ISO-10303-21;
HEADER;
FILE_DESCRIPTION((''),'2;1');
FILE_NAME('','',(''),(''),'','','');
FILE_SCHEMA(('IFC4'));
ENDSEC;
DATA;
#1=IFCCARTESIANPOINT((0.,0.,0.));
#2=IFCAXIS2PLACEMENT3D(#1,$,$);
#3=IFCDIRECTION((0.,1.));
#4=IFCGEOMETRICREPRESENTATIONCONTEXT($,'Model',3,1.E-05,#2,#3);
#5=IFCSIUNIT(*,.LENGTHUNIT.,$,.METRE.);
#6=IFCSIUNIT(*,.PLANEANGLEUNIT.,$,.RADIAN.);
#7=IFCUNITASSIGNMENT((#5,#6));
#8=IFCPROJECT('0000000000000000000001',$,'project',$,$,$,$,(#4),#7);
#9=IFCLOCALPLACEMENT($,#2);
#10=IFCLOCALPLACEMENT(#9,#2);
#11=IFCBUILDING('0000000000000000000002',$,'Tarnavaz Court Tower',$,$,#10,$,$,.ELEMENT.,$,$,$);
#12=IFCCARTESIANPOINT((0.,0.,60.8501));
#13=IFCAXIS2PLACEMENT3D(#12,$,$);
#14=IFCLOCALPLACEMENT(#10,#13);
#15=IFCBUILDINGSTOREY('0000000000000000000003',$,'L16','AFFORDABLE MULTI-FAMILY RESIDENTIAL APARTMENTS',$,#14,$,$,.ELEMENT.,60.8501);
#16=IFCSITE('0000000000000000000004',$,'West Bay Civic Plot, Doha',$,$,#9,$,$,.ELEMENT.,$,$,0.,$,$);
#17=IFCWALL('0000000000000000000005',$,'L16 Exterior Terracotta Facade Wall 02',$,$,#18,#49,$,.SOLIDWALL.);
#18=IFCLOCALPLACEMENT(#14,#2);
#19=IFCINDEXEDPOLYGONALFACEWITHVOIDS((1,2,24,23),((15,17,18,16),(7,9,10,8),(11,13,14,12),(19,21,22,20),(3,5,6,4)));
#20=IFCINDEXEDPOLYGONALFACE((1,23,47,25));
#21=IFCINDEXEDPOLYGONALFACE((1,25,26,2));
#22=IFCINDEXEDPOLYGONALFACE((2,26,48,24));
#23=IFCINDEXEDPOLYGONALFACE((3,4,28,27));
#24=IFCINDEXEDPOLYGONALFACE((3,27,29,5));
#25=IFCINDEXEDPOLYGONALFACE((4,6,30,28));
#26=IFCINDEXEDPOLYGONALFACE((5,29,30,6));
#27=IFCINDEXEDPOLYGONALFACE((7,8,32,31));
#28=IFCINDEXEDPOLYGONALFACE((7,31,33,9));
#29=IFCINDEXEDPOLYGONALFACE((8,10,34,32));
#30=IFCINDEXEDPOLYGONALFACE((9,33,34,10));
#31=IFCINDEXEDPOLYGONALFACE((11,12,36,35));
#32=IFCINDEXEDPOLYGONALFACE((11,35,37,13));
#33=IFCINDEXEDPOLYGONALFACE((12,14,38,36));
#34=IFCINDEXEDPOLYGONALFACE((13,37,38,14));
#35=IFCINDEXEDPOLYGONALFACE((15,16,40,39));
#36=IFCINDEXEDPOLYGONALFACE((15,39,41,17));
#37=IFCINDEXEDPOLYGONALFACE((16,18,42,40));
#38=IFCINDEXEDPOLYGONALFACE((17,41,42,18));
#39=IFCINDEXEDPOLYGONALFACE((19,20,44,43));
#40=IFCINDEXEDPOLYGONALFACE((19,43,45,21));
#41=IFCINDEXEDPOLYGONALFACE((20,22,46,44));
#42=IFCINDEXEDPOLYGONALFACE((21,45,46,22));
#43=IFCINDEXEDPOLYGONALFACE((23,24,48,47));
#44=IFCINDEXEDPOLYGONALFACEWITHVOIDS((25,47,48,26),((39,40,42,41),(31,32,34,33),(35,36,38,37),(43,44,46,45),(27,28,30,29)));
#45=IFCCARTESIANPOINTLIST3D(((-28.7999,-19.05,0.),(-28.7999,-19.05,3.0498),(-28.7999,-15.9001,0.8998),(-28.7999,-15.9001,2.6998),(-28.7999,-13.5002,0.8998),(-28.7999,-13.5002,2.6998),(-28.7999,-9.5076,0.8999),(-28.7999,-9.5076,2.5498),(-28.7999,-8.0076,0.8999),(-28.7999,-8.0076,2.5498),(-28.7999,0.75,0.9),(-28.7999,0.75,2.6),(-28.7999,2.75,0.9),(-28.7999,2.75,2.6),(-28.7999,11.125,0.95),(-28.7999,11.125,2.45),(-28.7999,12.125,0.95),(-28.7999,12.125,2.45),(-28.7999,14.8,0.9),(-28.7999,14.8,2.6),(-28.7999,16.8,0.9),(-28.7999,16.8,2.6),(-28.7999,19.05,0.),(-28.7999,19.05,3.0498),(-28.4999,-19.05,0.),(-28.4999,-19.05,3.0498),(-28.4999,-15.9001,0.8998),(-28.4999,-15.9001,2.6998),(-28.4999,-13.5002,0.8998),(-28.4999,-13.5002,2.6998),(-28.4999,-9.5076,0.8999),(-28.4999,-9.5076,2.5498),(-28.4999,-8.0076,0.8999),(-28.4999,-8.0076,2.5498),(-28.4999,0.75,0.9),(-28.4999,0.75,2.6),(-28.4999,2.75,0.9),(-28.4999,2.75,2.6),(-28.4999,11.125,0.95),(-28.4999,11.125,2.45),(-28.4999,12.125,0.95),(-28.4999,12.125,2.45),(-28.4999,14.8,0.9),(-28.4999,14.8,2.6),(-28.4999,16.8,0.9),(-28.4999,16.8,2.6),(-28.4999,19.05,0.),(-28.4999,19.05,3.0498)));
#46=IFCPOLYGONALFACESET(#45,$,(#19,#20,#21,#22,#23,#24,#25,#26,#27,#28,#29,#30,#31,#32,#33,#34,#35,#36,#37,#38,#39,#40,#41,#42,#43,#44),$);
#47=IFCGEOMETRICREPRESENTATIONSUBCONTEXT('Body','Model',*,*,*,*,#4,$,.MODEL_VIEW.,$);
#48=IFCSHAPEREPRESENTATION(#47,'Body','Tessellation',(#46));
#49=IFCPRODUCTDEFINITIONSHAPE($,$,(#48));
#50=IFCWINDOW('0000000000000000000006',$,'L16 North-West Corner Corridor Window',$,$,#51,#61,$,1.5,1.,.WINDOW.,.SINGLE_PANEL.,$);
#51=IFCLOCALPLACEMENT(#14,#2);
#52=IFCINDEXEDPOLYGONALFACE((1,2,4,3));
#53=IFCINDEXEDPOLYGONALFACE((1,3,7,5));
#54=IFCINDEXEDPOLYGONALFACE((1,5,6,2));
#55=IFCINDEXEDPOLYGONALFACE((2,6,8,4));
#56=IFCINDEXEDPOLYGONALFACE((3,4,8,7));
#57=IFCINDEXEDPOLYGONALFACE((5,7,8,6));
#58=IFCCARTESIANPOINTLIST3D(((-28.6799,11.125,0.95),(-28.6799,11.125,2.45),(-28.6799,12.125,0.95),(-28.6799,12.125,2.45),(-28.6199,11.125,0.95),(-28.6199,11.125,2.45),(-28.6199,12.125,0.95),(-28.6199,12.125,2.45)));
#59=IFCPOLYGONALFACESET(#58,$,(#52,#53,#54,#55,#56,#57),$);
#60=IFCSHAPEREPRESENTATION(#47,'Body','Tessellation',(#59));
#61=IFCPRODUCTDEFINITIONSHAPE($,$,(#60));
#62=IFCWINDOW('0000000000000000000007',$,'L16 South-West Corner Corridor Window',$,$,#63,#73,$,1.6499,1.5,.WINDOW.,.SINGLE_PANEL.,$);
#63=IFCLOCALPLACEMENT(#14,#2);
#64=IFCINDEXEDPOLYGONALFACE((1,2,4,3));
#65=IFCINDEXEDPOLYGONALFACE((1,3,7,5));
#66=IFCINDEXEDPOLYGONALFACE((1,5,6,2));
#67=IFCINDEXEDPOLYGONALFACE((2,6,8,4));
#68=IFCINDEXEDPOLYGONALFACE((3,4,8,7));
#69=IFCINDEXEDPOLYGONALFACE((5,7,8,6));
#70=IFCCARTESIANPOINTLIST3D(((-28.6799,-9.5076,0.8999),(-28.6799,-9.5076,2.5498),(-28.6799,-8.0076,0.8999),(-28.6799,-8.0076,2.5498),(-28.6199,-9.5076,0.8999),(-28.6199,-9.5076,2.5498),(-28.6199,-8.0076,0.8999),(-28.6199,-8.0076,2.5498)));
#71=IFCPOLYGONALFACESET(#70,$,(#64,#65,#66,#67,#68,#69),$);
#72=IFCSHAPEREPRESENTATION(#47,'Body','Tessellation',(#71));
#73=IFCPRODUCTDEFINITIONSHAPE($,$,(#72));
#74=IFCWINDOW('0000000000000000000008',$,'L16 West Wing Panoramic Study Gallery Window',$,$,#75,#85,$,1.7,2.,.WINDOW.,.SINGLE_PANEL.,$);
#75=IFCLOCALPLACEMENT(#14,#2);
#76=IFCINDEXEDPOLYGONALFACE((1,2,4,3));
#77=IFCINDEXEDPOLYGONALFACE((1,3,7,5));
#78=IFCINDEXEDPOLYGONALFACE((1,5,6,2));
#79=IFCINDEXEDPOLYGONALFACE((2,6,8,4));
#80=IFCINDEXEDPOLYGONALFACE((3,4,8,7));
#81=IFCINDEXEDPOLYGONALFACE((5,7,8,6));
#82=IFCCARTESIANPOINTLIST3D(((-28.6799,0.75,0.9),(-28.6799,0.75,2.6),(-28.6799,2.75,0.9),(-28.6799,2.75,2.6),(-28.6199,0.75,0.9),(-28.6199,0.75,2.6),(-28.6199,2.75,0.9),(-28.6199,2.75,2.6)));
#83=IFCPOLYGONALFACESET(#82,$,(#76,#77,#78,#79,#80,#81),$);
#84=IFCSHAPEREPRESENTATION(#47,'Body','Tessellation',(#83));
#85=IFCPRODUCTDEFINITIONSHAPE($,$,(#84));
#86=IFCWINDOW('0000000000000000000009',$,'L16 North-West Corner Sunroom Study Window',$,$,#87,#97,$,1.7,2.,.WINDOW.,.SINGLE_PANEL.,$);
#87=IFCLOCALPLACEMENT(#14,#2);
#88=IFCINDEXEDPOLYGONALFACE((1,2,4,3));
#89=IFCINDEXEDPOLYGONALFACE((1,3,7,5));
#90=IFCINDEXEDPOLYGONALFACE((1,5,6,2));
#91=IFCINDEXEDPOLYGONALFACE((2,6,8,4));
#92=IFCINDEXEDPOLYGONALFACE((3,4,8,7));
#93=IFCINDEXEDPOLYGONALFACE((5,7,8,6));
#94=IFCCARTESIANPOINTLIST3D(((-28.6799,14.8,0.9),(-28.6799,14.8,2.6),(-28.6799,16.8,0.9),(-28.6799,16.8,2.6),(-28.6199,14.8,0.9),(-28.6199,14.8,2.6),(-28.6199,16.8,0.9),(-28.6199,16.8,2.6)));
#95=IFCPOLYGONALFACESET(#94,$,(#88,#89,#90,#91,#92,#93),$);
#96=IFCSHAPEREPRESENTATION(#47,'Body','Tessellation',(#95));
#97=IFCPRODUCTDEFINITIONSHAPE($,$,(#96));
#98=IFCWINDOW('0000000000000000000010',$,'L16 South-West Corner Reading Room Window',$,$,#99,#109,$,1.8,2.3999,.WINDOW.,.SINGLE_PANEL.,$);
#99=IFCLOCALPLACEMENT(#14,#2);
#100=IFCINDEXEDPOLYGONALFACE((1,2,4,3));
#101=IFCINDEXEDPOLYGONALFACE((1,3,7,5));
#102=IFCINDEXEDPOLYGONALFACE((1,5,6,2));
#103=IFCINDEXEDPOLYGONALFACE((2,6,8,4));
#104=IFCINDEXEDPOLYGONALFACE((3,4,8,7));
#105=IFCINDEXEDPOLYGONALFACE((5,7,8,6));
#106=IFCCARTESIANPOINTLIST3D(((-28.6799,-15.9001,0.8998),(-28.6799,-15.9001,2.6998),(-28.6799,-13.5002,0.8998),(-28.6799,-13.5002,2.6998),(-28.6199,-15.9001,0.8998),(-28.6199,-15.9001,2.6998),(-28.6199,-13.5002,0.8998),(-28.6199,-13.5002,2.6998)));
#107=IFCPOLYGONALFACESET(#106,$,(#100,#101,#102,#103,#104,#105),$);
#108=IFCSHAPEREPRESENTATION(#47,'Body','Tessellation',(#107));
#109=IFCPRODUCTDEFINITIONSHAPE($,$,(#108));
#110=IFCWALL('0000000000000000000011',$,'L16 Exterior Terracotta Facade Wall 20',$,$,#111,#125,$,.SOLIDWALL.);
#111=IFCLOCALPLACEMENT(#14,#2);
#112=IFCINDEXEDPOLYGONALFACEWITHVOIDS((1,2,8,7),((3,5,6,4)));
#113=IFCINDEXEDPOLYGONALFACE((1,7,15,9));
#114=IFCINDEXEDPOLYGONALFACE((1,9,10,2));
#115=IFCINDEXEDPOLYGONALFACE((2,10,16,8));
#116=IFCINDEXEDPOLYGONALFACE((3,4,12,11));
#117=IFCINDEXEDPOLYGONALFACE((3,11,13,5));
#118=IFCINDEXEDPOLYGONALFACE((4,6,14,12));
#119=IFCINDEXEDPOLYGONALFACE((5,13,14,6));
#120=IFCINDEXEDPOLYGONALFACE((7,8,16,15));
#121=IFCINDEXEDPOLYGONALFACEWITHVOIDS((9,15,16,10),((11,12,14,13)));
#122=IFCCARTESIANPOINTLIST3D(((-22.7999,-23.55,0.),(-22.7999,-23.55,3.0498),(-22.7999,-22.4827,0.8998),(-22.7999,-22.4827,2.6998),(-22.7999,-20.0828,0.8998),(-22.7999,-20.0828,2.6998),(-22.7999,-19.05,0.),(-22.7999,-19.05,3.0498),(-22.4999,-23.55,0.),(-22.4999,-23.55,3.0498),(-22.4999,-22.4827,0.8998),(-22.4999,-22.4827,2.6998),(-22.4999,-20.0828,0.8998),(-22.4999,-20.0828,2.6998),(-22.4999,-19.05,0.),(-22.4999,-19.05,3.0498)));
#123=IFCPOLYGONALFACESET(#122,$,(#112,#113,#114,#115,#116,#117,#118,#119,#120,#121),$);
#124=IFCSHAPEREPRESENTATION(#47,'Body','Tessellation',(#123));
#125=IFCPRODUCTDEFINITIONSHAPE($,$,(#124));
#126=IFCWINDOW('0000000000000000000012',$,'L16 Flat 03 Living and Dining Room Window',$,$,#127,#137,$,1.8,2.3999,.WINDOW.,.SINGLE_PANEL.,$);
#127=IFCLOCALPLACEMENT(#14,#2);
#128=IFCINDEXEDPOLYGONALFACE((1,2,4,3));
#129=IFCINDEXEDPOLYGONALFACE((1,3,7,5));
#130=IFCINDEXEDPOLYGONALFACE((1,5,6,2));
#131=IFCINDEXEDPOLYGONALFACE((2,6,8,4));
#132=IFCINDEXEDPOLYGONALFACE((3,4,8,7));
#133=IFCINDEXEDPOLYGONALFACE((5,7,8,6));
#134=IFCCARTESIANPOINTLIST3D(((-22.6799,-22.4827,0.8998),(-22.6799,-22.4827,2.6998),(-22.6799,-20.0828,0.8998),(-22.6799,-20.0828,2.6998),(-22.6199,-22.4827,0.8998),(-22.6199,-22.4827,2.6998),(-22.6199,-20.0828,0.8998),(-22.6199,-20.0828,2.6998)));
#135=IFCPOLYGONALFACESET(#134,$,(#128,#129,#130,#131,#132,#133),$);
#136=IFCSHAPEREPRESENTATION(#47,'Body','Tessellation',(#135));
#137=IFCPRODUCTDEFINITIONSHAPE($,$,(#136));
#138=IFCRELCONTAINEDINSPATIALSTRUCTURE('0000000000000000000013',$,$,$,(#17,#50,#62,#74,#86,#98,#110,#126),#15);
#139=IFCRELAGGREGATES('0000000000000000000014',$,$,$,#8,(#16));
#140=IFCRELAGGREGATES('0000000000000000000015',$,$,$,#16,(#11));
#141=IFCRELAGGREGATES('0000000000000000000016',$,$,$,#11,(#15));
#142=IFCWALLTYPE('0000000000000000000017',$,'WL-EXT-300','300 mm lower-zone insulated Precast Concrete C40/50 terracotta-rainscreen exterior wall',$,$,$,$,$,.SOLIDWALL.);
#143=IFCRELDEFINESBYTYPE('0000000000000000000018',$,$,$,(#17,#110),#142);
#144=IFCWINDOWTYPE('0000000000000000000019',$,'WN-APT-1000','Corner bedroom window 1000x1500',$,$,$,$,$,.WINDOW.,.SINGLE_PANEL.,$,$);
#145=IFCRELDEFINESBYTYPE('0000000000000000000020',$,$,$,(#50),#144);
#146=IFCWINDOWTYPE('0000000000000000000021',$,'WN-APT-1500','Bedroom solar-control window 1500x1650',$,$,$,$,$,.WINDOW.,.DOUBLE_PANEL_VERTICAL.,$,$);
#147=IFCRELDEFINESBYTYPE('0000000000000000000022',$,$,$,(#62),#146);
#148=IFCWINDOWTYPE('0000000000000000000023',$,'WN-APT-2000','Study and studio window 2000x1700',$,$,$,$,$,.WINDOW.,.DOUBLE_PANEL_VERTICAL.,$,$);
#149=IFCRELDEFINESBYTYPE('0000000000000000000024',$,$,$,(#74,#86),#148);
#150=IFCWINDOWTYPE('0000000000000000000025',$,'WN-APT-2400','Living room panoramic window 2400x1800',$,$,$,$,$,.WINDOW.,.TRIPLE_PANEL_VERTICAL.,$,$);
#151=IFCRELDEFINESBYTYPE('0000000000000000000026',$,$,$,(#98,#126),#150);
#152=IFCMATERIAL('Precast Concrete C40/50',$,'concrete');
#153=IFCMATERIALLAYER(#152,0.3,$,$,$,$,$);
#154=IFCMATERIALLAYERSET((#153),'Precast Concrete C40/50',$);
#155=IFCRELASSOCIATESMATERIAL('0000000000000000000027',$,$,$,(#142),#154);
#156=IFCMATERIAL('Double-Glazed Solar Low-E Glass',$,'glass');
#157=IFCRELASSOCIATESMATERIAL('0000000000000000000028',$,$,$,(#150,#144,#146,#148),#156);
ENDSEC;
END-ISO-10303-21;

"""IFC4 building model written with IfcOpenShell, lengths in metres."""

from ifc_helpers import new_model, si_unit, direction, frame, frame_2d, origin, place, context, subcontext, project, spatial, rectangle, extrude, material, layer, layer_set, type_object, element, fill, save


model = new_model("IFC4")

# Units and contexts
model_context = context("Model", 3, precision=1e-05, world=origin(), true_north=direction((0.0, 1.0)))
body_context = subcontext(model_context, "Body", "Model", "MODEL_VIEW")
ifc_project = project(units=[si_unit("LENGTHUNIT", "METRE"), si_unit("PLANEANGLEUNIT", "RADIAN")], contexts=[model_context])

# Site, building, storey
site_placement = place(None, origin())
site = spatial("IfcSite", under=ifc_project, at=site_placement, Name="West Bay Civic Plot, Doha", CompositionType="ELEMENT", RefElevation=0.0)
building_placement = place(site_placement, origin())
building = spatial("IfcBuilding", under=site, at=building_placement, Name="Tarnavaz Court Tower", CompositionType="ELEMENT")
storey_placement = place(building_placement, frame((0.0, 0.0, 60.8501)))
storey = spatial("IfcBuildingStorey", under=building, at=storey_placement, Name="L16", Description="AFFORDABLE MULTI-FAMILY RESIDENTIAL APARTMENTS", CompositionType="ELEMENT", Elevation=60.8501)

# Shared definitions
ifc_material_1 = material(Name="Precast Concrete C40/50", Category="concrete")
ifc_layer_1 = layer(ifc_material_1, 0.3)
ifc_layer_set_1 = layer_set([ifc_layer_1], Name="Precast Concrete C40/50")
wall_type_1 = type_object("IfcWallType", Name="WL-EXT-300", Description="300 mm lower-zone insulated Precast Concrete C40/50 terracotta-rainscreen exterior wall", PredefinedType="SOLIDWALL", material=ifc_layer_set_1)
ifc_material_2 = material(Name="Double-Glazed Solar Low-E Glass", Category="glass")
window_type_1 = type_object("IfcWindowType", Name="WN-APT-2400", Description="Living room panoramic window 2400x1800", PartitioningType="TRIPLE_PANEL_VERTICAL", PredefinedType="WINDOW", material=ifc_material_2)

# Wall, openings, windows
wall_1_placement = place(storey_placement, frame((-28.6499, -19.05, 0.0), z_axis=(0.0, 0.0, 1.0), x_axis=(0.0, 1.0, 0.0)))
wall_1 = element("IfcWall", 1, at=wall_1_placement, inside=storey, type_object=wall_type_1, Name="L16 Exterior Terracotta Facade Wall 02", PredefinedType="SOLIDWALL", context=body_context, shape_type="SweptSolid", body=[
    extrude(rectangle(XDim=38.1001, YDim=0.3, at=frame_2d((19.05, 0.0))), origin(), (0.0, 0.0, 1.0), 3.0498),
])
opening_1_placement = place(wall_1_placement, frame((3.1499, 0.0, 0.8999)))
opening_1 = element("IfcOpeningElement", 2, at=opening_1_placement, cuts=wall_1, PredefinedType="OPENING", context=body_context, shape_type="SweptSolid", body=[
    extrude(rectangle(XDim=2.3999, YDim=1.8, at=frame_2d((1.2, 0.8999))), frame((0.0, 0.1599, 0.0), z_axis=(0.0, -1.0, 0.0), x_axis=(1.0, 0.0, 0.0)), (0.0, 0.0, 1.0), 0.3201),
])
opening_2_placement = place(wall_1_placement, frame((9.5425, 0.0, 0.8999)))
opening_2 = element("IfcOpeningElement", 3, at=opening_2_placement, cuts=wall_1, PredefinedType="OPENING", context=body_context, shape_type="SweptSolid", body=[
    extrude(rectangle(XDim=1.5, YDim=1.6499, at=frame_2d((0.75, 0.825))), frame((0.0, 0.1599, 0.0), z_axis=(0.0, -1.0, 0.0), x_axis=(1.0, 0.0, 0.0)), (0.0, 0.0, 1.0), 0.3201),
])
opening_3_placement = place(wall_1_placement, frame((19.8, 0.0, 0.8999)))
opening_3 = element("IfcOpeningElement", 4, at=opening_3_placement, cuts=wall_1, PredefinedType="OPENING", context=body_context, shape_type="SweptSolid", body=[
    extrude(rectangle(XDim=2.0, YDim=1.7, at=frame_2d((1.0, 0.8501))), frame((0.0, 0.1599, 0.0), z_axis=(0.0, -1.0, 0.0), x_axis=(1.0, 0.0, 0.0)), (0.0, 0.0, 1.0), 0.3201),
])
opening_4_placement = place(wall_1_placement, frame((30.175, 0.0, 0.95)))
opening_4 = element("IfcOpeningElement", 5, at=opening_4_placement, cuts=wall_1, PredefinedType="OPENING", context=body_context, shape_type="SweptSolid", body=[
    extrude(rectangle(XDim=1.0, YDim=1.5, at=frame_2d((0.5, 0.75))), frame((0.0, 0.1599, 0.0), z_axis=(0.0, -1.0, 0.0), x_axis=(1.0, 0.0, 0.0)), (0.0, 0.0, 1.0), 0.3201),
])
opening_5_placement = place(wall_1_placement, frame((33.8501, 0.0, 0.8999)))
opening_5 = element("IfcOpeningElement", 6, at=opening_5_placement, cuts=wall_1, PredefinedType="OPENING", context=body_context, shape_type="SweptSolid", body=[
    extrude(rectangle(XDim=2.0, YDim=1.7, at=frame_2d((1.0, 0.8501))), frame((0.0, 0.1599, 0.0), z_axis=(0.0, -1.0, 0.0), x_axis=(1.0, 0.0, 0.0)), (0.0, 0.0, 1.0), 0.3201),
])
window_type_2 = type_object("IfcWindowType", Name="WN-APT-1000", Description="Corner bedroom window 1000x1500", PartitioningType="SINGLE_PANEL", PredefinedType="WINDOW", material=ifc_material_2)
window_1_placement = place(opening_4_placement, origin())
window_1 = element("IfcWindow", 7, at=window_1_placement, inside=storey, type_object=window_type_2, Name="L16 North-West Corner Corridor Window", OverallHeight=1.5, OverallWidth=1.0, PartitioningType="SINGLE_PANEL", PredefinedType="WINDOW", context=body_context, shape_type="SweptSolid", body=[
    extrude(rectangle(XDim=1.0, YDim=1.5, at=frame_2d((0.5, 0.75))), frame((0.0, 0.03, 0.0), z_axis=(0.0, -1.0, 0.0), x_axis=(1.0, 0.0, 0.0)), (0.0, 0.0, 1.0), 0.0601),
])
fill(opening_4, window_1)
window_type_3 = type_object("IfcWindowType", Name="WN-APT-1500", Description="Bedroom solar-control window 1500x1650", PartitioningType="DOUBLE_PANEL_VERTICAL", PredefinedType="WINDOW", material=ifc_material_2)
window_2_placement = place(opening_2_placement, origin())
window_2 = element("IfcWindow", 8, at=window_2_placement, inside=storey, type_object=window_type_3, Name="L16 South-West Corner Corridor Window", OverallHeight=1.6499, OverallWidth=1.5, PartitioningType="SINGLE_PANEL", PredefinedType="WINDOW", context=body_context, shape_type="SweptSolid", body=[
    extrude(rectangle(XDim=1.5, YDim=1.6499, at=frame_2d((0.75, 0.825))), frame((0.0, 0.03, 0.0), z_axis=(0.0, -1.0, 0.0), x_axis=(1.0, 0.0, 0.0)), (0.0, 0.0, 1.0), 0.0601),
])
fill(opening_2, window_2)
window_type_4 = type_object("IfcWindowType", Name="WN-APT-2000", Description="Study and studio window 2000x1700", PartitioningType="DOUBLE_PANEL_VERTICAL", PredefinedType="WINDOW", material=ifc_material_2)
window_3_placement = place(opening_3_placement, origin())
window_3 = element("IfcWindow", 9, at=window_3_placement, inside=storey, type_object=window_type_4, Name="L16 West Wing Panoramic Study Gallery Window", OverallHeight=1.7, OverallWidth=2.0, PartitioningType="SINGLE_PANEL", PredefinedType="WINDOW", context=body_context, shape_type="SweptSolid", body=[
    extrude(rectangle(XDim=2.0, YDim=1.7, at=frame_2d((1.0, 0.8501))), frame((0.0, 0.03, 0.0), z_axis=(0.0, -1.0, 0.0), x_axis=(1.0, 0.0, 0.0)), (0.0, 0.0, 1.0), 0.0601),
])
fill(opening_3, window_3)
window_4_placement = place(opening_5_placement, origin())
window_4 = element("IfcWindow", 10, at=window_4_placement, inside=storey, type_object=window_type_4, Name="L16 North-West Corner Sunroom Study Window", OverallHeight=1.7, OverallWidth=2.0, PartitioningType="SINGLE_PANEL", PredefinedType="WINDOW", context=body_context, shape_type="SweptSolid", body=[
    extrude(rectangle(XDim=2.0, YDim=1.7, at=frame_2d((1.0, 0.8501))), frame((0.0, 0.03, 0.0), z_axis=(0.0, -1.0, 0.0), x_axis=(1.0, 0.0, 0.0)), (0.0, 0.0, 1.0), 0.0601),
])
fill(opening_5, window_4)
window_5_placement = place(opening_1_placement, origin())
window_5 = element("IfcWindow", 11, at=window_5_placement, inside=storey, type_object=window_type_1, Name="L16 South-West Corner Reading Room Window", OverallHeight=1.8, OverallWidth=2.3999, PartitioningType="SINGLE_PANEL", PredefinedType="WINDOW", context=body_context, shape_type="SweptSolid", body=[
    extrude(rectangle(XDim=2.3999, YDim=1.8, at=frame_2d((1.2, 0.8999))), frame((0.0, 0.03, 0.0), z_axis=(0.0, -1.0, 0.0), x_axis=(1.0, 0.0, 0.0)), (0.0, 0.0, 1.0), 0.0601),
])
fill(opening_1, window_5)

# Wall, opening, window
wall_2_placement = place(storey_placement, frame((-22.6499, -23.55, 0.0), z_axis=(0.0, 0.0, 1.0), x_axis=(0.0, 1.0, 0.0)))
wall_2 = element("IfcWall", 12, at=wall_2_placement, inside=storey, type_object=wall_type_1, Name="L16 Exterior Terracotta Facade Wall 20", PredefinedType="SOLIDWALL", context=body_context, shape_type="SweptSolid", body=[
    extrude(rectangle(XDim=4.5, YDim=0.3, at=frame_2d((2.25, 0.0))), origin(), (0.0, 0.0, 1.0), 3.0498),
])
opening_6_placement = place(wall_2_placement, frame((1.0674, 0.0, 0.8999)))
opening_6 = element("IfcOpeningElement", 13, at=opening_6_placement, cuts=wall_2, PredefinedType="OPENING", context=body_context, shape_type="SweptSolid", body=[
    extrude(rectangle(XDim=2.3999, YDim=1.8, at=frame_2d((1.2, 0.8999))), frame((0.0, 0.1599, 0.0), z_axis=(0.0, -1.0, 0.0), x_axis=(1.0, 0.0, 0.0)), (0.0, 0.0, 1.0), 0.3201),
])
window_6_placement = place(opening_6_placement, origin())
window_6 = element("IfcWindow", 14, at=window_6_placement, inside=storey, type_object=window_type_1, Name="L16 Flat 03 Living and Dining Room Window", OverallHeight=1.8, OverallWidth=2.3999, PartitioningType="SINGLE_PANEL", PredefinedType="WINDOW", context=body_context, shape_type="SweptSolid", body=[
    extrude(rectangle(XDim=2.3999, YDim=1.8, at=frame_2d((1.2, 0.8999))), frame((0.0, 0.03, 0.0), z_axis=(0.0, -1.0, 0.0), x_axis=(1.0, 0.0, 0.0)), (0.0, 0.0, 1.0), 0.0601),
])
fill(opening_6, window_6)

save(model, "model.ifc")
